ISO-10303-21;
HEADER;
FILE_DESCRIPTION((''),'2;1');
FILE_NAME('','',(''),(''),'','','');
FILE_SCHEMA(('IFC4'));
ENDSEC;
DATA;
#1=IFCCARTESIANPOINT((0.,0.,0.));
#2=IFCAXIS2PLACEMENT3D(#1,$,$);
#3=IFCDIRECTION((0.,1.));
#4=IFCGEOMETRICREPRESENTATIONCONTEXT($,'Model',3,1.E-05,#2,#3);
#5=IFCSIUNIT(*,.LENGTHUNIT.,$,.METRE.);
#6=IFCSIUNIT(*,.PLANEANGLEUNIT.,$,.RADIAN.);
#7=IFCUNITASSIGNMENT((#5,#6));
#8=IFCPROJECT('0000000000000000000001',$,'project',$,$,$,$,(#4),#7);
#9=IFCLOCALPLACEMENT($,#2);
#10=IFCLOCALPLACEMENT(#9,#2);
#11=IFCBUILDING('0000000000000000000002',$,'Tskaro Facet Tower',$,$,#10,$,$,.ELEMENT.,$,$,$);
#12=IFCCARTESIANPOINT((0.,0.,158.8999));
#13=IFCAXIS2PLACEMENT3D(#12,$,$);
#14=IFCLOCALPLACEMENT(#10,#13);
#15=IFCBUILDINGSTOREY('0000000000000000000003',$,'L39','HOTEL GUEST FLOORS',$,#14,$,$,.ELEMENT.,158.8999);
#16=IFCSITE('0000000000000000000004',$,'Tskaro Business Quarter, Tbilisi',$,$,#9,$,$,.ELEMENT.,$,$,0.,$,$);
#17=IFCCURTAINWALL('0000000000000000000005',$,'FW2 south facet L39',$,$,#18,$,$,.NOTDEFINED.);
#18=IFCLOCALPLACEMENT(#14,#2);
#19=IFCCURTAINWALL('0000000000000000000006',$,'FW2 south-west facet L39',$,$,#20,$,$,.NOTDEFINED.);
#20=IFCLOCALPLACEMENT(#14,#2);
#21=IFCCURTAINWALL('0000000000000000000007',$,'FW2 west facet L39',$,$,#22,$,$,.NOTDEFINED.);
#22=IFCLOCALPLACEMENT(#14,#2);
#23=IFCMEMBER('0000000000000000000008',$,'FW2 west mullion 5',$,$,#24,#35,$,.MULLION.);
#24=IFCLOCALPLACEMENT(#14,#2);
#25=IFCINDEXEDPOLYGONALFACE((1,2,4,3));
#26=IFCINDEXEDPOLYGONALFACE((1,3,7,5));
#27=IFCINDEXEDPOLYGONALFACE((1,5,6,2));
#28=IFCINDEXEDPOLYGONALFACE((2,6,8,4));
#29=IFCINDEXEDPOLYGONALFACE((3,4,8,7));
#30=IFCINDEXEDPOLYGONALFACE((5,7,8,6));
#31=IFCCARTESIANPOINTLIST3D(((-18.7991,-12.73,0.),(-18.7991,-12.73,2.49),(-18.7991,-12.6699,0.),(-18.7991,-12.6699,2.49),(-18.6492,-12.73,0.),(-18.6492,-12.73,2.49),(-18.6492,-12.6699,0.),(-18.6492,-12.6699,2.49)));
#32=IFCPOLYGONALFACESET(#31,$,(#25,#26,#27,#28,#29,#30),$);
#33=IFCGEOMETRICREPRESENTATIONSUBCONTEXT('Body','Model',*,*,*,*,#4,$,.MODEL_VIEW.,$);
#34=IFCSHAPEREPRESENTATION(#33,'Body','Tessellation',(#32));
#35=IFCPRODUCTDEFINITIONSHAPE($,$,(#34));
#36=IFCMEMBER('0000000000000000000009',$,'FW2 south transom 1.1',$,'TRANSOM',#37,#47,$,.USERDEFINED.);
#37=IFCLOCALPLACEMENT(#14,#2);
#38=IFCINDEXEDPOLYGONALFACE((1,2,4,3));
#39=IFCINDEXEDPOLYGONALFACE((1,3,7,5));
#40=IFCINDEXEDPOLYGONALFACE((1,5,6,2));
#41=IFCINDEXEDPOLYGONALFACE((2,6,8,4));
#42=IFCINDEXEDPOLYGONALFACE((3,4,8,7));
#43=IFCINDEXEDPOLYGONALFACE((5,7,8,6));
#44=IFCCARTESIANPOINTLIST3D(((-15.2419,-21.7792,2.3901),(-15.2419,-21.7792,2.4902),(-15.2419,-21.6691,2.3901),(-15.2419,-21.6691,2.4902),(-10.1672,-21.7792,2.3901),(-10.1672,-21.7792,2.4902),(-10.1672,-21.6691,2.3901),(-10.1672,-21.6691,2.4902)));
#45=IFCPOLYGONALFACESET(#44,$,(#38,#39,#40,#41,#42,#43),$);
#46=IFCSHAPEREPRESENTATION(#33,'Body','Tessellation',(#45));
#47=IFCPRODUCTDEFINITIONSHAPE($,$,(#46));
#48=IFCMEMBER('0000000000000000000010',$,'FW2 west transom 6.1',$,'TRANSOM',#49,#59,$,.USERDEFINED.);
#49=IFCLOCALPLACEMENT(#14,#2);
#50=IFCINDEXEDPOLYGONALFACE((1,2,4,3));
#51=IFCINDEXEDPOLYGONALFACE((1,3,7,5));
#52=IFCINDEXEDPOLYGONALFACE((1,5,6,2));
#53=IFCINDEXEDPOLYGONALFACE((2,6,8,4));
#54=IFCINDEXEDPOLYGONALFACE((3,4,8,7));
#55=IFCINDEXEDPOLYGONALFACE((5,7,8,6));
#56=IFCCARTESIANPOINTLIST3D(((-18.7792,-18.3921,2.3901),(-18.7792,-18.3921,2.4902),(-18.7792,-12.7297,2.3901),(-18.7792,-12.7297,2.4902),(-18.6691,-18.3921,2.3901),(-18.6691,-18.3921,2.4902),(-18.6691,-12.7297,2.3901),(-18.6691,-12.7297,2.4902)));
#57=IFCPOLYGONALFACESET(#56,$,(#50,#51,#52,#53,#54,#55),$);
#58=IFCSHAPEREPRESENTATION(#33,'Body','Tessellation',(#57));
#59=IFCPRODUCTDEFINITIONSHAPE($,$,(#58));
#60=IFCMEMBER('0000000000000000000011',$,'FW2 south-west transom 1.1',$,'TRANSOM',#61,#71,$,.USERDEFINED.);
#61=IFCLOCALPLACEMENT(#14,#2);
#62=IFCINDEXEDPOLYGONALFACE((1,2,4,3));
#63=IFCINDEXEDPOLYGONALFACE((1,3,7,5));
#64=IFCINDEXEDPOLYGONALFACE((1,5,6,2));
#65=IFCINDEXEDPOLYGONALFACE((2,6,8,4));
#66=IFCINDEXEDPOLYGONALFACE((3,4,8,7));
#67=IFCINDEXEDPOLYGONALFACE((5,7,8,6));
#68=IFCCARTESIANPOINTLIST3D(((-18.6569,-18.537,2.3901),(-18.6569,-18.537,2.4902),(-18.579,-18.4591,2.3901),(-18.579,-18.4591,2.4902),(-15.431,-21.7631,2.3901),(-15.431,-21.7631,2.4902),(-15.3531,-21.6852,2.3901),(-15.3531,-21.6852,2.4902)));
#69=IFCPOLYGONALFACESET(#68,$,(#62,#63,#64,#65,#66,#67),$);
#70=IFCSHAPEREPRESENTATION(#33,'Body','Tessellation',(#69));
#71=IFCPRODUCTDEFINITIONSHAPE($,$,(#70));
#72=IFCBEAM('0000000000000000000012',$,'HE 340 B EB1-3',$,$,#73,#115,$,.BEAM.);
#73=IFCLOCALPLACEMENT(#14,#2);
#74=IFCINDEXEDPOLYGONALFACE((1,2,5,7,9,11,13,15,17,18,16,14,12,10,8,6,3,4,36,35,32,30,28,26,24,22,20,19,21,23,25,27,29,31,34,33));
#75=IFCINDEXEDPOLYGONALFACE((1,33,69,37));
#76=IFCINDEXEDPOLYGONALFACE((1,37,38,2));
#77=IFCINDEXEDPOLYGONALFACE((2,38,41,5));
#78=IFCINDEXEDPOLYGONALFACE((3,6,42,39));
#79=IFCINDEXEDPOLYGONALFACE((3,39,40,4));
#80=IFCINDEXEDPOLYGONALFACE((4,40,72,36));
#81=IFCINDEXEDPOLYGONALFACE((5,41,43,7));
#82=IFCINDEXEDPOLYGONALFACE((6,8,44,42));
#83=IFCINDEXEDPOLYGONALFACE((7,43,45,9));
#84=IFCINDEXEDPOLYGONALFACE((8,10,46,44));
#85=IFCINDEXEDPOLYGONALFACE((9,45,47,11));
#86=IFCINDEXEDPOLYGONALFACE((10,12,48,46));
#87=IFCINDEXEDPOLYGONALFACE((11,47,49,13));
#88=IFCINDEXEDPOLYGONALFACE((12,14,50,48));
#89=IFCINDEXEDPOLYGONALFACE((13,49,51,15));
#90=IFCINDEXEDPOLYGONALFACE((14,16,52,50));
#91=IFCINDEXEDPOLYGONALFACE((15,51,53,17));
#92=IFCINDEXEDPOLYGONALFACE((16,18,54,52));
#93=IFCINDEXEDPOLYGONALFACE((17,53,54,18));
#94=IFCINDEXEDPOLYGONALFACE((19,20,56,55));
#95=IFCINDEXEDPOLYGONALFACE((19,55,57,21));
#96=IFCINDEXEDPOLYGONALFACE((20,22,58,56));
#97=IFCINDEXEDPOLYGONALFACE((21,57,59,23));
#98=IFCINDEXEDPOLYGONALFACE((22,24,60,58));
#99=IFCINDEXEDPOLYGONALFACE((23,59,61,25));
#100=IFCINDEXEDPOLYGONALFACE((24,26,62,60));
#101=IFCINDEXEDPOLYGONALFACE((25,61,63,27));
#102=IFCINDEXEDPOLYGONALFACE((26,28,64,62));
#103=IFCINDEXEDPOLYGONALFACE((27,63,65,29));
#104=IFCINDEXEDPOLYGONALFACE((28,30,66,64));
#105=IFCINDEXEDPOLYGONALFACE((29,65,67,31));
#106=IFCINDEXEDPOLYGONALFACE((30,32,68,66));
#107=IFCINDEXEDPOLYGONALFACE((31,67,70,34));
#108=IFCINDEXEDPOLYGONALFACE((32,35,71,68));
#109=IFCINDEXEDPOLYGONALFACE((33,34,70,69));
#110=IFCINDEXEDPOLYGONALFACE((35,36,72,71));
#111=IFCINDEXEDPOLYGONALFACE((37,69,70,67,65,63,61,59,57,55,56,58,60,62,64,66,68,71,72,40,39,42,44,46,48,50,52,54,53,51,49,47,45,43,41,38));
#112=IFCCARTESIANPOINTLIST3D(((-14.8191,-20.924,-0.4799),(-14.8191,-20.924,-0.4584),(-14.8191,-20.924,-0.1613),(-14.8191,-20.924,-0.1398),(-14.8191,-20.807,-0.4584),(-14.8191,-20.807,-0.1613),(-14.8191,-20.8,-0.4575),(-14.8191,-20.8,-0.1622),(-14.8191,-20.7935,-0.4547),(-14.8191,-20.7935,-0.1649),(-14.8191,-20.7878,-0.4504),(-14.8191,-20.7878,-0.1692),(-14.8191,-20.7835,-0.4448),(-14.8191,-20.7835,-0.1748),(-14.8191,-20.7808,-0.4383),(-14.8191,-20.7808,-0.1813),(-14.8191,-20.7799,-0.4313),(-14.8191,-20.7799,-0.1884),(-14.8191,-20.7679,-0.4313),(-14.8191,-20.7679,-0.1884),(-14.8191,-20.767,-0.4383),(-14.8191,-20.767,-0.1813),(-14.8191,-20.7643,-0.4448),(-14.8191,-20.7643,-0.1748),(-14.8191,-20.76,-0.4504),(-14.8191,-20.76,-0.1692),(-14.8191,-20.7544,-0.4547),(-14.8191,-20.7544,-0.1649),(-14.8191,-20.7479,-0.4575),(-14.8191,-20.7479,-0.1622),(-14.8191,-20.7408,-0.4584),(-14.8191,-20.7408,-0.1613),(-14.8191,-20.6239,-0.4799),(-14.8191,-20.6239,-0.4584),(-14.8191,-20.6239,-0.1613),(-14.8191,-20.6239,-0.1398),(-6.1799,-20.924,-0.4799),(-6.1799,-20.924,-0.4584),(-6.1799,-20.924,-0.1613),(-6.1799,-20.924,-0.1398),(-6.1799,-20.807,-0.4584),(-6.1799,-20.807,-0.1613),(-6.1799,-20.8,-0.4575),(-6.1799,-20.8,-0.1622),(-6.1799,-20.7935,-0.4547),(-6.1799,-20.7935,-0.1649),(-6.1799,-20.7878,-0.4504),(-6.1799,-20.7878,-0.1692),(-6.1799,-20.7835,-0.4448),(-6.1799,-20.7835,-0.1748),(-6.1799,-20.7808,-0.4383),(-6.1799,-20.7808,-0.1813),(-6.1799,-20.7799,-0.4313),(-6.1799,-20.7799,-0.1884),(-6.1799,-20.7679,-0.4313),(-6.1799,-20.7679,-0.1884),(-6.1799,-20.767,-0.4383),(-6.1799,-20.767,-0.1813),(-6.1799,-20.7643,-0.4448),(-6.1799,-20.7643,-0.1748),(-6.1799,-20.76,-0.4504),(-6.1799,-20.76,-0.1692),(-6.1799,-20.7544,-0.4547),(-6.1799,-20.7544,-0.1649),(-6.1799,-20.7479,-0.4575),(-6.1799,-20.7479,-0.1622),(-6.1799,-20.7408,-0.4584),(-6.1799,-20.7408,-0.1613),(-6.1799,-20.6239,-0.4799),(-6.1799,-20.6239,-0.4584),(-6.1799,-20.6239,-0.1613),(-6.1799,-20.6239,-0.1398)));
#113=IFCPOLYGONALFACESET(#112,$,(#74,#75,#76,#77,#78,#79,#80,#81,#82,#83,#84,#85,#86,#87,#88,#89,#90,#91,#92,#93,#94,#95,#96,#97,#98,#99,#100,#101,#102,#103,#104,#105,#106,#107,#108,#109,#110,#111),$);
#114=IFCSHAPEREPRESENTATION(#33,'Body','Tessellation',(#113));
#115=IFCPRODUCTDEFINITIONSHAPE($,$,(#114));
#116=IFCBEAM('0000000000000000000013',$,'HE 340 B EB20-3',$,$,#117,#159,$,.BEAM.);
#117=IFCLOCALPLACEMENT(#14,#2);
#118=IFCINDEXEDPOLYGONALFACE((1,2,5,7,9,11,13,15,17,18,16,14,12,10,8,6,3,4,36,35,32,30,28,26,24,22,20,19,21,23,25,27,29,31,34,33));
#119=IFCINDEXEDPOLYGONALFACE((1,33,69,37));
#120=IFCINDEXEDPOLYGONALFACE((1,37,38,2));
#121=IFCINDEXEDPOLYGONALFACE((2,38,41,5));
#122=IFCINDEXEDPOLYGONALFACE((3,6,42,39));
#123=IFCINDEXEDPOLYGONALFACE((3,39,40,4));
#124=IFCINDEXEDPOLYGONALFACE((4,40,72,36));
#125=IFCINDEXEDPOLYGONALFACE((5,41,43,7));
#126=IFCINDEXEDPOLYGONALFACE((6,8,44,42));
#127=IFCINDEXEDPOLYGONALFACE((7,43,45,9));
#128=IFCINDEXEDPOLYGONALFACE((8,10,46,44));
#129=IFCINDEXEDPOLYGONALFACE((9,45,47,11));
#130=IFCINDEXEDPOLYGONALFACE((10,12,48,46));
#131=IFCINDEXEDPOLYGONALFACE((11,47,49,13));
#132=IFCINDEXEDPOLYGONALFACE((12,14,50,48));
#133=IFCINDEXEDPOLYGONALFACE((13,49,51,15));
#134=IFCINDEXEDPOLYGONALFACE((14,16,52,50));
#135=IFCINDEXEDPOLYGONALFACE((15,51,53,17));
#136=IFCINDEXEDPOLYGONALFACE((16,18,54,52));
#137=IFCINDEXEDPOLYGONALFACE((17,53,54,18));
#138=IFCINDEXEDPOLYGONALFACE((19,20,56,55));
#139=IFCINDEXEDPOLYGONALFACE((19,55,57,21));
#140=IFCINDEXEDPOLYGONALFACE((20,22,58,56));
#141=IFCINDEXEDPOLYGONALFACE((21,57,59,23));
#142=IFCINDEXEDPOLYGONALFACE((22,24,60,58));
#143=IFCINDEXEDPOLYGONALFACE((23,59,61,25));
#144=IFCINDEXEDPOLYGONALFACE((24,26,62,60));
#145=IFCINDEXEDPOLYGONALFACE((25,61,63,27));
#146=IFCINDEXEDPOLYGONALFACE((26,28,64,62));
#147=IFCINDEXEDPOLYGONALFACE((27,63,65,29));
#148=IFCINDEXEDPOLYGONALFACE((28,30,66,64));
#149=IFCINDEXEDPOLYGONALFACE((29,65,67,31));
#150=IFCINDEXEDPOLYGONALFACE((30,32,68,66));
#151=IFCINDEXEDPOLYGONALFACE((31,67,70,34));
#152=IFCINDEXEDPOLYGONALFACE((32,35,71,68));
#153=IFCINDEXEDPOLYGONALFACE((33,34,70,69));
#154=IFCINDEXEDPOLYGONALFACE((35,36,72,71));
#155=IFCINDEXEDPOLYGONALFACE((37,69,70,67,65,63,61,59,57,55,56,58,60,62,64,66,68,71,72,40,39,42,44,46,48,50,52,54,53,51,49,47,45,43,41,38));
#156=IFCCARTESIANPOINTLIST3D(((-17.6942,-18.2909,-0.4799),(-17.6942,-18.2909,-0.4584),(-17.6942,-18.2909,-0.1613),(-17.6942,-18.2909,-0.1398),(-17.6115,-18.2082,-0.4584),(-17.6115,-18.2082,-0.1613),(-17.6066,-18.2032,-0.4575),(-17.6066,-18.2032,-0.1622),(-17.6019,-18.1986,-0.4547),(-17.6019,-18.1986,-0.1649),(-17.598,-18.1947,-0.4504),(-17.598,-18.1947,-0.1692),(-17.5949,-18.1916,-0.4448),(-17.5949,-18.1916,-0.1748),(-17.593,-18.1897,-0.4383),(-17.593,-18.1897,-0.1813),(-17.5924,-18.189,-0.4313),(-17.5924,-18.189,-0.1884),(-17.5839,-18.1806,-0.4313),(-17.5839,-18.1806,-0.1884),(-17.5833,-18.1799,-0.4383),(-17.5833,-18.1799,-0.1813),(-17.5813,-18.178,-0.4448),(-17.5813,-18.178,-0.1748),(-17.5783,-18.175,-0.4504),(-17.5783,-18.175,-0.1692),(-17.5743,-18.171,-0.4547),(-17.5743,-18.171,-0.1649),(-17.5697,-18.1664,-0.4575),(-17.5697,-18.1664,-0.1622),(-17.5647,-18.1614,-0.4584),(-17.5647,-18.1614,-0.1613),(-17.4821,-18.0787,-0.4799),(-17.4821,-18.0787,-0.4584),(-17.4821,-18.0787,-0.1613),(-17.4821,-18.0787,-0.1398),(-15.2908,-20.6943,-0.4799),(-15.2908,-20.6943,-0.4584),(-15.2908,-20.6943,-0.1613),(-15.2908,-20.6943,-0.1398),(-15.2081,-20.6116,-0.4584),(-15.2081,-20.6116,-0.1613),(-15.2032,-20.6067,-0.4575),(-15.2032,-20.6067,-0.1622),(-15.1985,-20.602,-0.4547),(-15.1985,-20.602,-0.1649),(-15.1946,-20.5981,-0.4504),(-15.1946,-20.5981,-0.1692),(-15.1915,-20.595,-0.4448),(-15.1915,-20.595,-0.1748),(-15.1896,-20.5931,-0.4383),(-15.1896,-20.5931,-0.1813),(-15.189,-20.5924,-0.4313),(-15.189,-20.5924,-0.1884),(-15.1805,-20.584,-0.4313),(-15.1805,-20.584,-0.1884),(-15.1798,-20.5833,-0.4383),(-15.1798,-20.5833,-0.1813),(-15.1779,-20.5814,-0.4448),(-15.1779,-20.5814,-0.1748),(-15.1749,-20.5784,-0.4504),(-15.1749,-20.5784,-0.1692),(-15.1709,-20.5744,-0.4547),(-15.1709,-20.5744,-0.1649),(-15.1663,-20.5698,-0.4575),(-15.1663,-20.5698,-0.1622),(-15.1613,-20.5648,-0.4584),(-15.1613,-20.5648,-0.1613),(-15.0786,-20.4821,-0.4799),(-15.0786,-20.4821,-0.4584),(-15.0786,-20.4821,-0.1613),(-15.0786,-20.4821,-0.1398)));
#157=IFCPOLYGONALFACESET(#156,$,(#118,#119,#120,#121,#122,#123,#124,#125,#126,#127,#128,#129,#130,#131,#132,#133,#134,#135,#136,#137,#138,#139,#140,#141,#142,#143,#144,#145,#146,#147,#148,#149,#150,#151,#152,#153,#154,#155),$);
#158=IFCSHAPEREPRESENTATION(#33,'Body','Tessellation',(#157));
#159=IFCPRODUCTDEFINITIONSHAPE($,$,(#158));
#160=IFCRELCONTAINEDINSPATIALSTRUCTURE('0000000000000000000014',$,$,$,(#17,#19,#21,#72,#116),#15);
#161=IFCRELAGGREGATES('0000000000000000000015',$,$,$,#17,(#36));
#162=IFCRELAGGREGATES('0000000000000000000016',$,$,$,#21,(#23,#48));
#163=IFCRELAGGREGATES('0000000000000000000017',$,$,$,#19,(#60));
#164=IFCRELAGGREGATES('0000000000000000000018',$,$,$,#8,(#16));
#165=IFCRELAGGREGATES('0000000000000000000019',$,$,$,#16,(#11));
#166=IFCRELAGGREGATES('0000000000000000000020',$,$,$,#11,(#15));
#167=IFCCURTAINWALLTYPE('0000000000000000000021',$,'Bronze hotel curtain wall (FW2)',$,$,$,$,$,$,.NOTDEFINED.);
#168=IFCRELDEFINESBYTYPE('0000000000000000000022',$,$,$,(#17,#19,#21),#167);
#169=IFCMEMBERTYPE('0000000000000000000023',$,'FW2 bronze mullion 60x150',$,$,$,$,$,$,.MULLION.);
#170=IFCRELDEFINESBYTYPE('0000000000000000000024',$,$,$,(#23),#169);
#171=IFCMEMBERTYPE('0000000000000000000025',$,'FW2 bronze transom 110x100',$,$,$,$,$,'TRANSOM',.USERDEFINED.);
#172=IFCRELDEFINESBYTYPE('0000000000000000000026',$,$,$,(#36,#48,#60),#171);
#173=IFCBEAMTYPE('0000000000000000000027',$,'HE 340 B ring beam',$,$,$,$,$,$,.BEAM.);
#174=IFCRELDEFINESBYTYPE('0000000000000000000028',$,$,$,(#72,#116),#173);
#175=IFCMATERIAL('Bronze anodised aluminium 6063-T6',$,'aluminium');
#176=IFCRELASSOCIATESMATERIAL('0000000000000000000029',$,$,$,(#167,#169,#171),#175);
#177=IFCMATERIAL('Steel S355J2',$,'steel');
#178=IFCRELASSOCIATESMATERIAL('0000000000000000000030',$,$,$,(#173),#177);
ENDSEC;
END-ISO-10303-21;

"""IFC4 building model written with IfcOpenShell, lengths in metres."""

from ifc_helpers import new_model, si_unit, direction, frame, origin, origin_2d, place, context, subcontext, project, spatial, rectangle, i_section, extrude, material, material_profile, profile_set, type_object, element, aggregate, save


model = new_model("IFC4")

# Units and contexts
model_context = context("Model", 3, precision=1e-05, world=origin(), true_north=direction((0.0, 1.0)))
body_context = subcontext(model_context, "Body", "Model", "MODEL_VIEW")
ifc_project = project(units=[si_unit("LENGTHUNIT", "METRE"), si_unit("PLANEANGLEUNIT", "RADIAN")], contexts=[model_context])

# Site, building, storey
site_placement = place(None, origin())
site = spatial("IfcSite", under=ifc_project, at=site_placement, Name="Tskaro Business Quarter, Tbilisi", CompositionType="ELEMENT", RefElevation=0.0)
building_placement = place(site_placement, origin())
building = spatial("IfcBuilding", under=site, at=building_placement, Name="Tskaro Facet Tower", CompositionType="ELEMENT")
storey_placement = place(building_placement, frame((0.0, 0.0, 158.8999)))
storey = spatial("IfcBuildingStorey", under=building, at=storey_placement, Name="L39", Description="HOTEL GUEST FLOORS", CompositionType="ELEMENT", Elevation=158.8999)

# Curtain walls, member
ifc_material_1 = material(Name="Bronze anodised aluminium 6063-T6", Category="aluminium")
curtain_wall_type = type_object("IfcCurtainWallType", Name="Bronze hotel curtain wall (FW2)", PredefinedType="NOTDEFINED", material=ifc_material_1)
curtain_wall_1_placement = place(storey_placement, origin())
curtain_wall_1 = element("IfcCurtainWall", 1, at=curtain_wall_1_placement, inside=storey, type_object=curtain_wall_type, Name="FW2 south facet L39", PredefinedType="NOTDEFINED")
curtain_wall_2_placement = place(storey_placement, origin())
curtain_wall_2 = element("IfcCurtainWall", 2, at=curtain_wall_2_placement, inside=storey, type_object=curtain_wall_type, Name="FW2 south-west facet L39", PredefinedType="NOTDEFINED")
curtain_wall_3_placement = place(storey_placement, origin())
curtain_wall_3 = element("IfcCurtainWall", 3, at=curtain_wall_3_placement, inside=storey, type_object=curtain_wall_type, Name="FW2 west facet L39", PredefinedType="NOTDEFINED")
ifc_material_profile_1 = material_profile(ifc_material_1, rectangle(XDim=0.0601, YDim=0.1499, at=origin_2d()), Name="Mullion 60x150")
ifc_profile_set_1 = profile_set([ifc_material_profile_1], Name="Bronze anodised aluminium 6063-T6")
member_type_1 = type_object("IfcMemberType", Name="FW2 bronze mullion 60x150", PredefinedType="MULLION", material=ifc_profile_set_1)
member_1_placement = place(storey_placement, frame((-18.7241, -12.7, 0.0), z_axis=(0.0, 0.0, 1.0), x_axis=(0.0, -1.0, 0.0)))
member_1 = element("IfcMember", 4, at=member_1_placement, type_object=member_type_1, Name="FW2 west mullion 5", PredefinedType="MULLION", context=body_context, shape_type="SweptSolid", body=[
    extrude(rectangle(XDim=0.0601, YDim=0.1499, at=origin_2d()), origin(), (0.0, 0.0, 1.0), 2.49),
])

# Members
ifc_material_profile_2 = material_profile(ifc_material_1, rectangle(XDim=0.1101, YDim=0.1001, at=origin_2d()), Name="Transom 110x100")
ifc_profile_set_2 = profile_set([ifc_material_profile_2], Name="Bronze anodised aluminium 6063-T6")
member_type_2 = type_object("IfcMemberType", Name="FW2 bronze transom 110x100", ElementType="TRANSOM", PredefinedType="USERDEFINED", material=ifc_profile_set_2)
member_2_placement = place(storey_placement, frame((-15.2419, -21.7241, 2.4402), z_axis=(1.0, 0.0, 0.0), x_axis=(0.0, 1.0, 0.0)))
member_2 = element("IfcMember", 5, at=member_2_placement, type_object=member_type_2, Name="FW2 south transom 1.1", ObjectType="TRANSOM", PredefinedType="USERDEFINED", context=body_context, shape_type="SweptSolid", body=[
    extrude(rectangle(XDim=0.1101, YDim=0.1001, at=origin_2d()), origin(), (0.0, 0.0, 1.0), 5.0747),
])
aggregate(curtain_wall_1, [member_2])
member_3_placement = place(storey_placement, frame((-18.7241, -12.7297, 2.4402), z_axis=(0.0, -1.0, 0.0), x_axis=(1.0, 0.0, 0.0)))
member_3 = element("IfcMember", 6, at=member_3_placement, type_object=member_type_2, Name="FW2 west transom 6.1", ObjectType="TRANSOM", PredefinedType="USERDEFINED", context=body_context, shape_type="SweptSolid", body=[
    extrude(rectangle(XDim=0.1101, YDim=0.1001, at=origin_2d()), origin(), (0.0, 0.0, 1.0), 5.6624),
])
member_4_placement = place(storey_placement, frame((-18.6179, -18.498, 2.4402), z_axis=(0.70708, -0.707134, 0.0), x_axis=(0.707134, 0.70708, 0.0)))
member_4 = element("IfcMember", 7, at=member_4_placement, type_object=member_type_2, Name="FW2 south-west transom 1.1", ObjectType="TRANSOM", PredefinedType="USERDEFINED", context=body_context, shape_type="SweptSolid", body=[
    extrude(rectangle(XDim=0.1101, YDim=0.1001, at=origin_2d()), origin(), (0.0, 0.0, 1.0), 4.5623),
])

# Beams
ifc_material_2 = material(Name="Steel S355J2", Category="steel")
ifc_material_profile_3 = material_profile(ifc_material_2, i_section(OverallWidth=0.3, OverallDepth=0.3401, WebThickness=0.012, FlangeThickness=0.0215, FilletRadius=0.0271, at=origin_2d()), Name="HE 340 B")
ifc_profile_set_3 = profile_set([ifc_material_profile_3], Name="Steel S355J2")
beam_type_1 = type_object("IfcBeamType", Name="HE 340 B ring beam", PredefinedType="BEAM", material=ifc_profile_set_3)
beam_1_placement = place(storey_placement, frame((-14.8191, -20.7739, -0.3098), z_axis=(1.0, 0.0, 0.0), x_axis=(0.0, 1.0, 0.0)))
element("IfcBeam", 8, at=beam_1_placement, inside=storey, type_object=beam_type_1, Name="HE 340 B EB1-3", PredefinedType="BEAM", context=body_context, shape_type="SweptSolid", body=[
    extrude(i_section(OverallWidth=0.3, OverallDepth=0.3401, WebThickness=0.012, FlangeThickness=0.0215, FilletRadius=0.0271, at=origin_2d()), origin(), (0.0, 0.0, 1.0), 8.6392),
])
beam_2_placement = place(storey_placement, frame((-17.5881, -18.1848, -0.3098), z_axis=(0.707107, -0.707107, 0.0), x_axis=(0.707107, 0.707107, 0.0)))
element("IfcBeam", 9, at=beam_2_placement, inside=storey, type_object=beam_type_1, Name="HE 340 B EB20-3", PredefinedType="BEAM", context=body_context, shape_type="SweptSolid", body=[
    extrude(i_section(OverallWidth=0.3, OverallDepth=0.3401, WebThickness=0.012, FlangeThickness=0.0215, FilletRadius=0.0271, at=origin_2d()), origin(), (0.0, 0.0, 1.0), 3.3989),
])

aggregate(curtain_wall_3, [member_1, member_3])
aggregate(curtain_wall_2, [member_4])

save(model, "model.ifc")
